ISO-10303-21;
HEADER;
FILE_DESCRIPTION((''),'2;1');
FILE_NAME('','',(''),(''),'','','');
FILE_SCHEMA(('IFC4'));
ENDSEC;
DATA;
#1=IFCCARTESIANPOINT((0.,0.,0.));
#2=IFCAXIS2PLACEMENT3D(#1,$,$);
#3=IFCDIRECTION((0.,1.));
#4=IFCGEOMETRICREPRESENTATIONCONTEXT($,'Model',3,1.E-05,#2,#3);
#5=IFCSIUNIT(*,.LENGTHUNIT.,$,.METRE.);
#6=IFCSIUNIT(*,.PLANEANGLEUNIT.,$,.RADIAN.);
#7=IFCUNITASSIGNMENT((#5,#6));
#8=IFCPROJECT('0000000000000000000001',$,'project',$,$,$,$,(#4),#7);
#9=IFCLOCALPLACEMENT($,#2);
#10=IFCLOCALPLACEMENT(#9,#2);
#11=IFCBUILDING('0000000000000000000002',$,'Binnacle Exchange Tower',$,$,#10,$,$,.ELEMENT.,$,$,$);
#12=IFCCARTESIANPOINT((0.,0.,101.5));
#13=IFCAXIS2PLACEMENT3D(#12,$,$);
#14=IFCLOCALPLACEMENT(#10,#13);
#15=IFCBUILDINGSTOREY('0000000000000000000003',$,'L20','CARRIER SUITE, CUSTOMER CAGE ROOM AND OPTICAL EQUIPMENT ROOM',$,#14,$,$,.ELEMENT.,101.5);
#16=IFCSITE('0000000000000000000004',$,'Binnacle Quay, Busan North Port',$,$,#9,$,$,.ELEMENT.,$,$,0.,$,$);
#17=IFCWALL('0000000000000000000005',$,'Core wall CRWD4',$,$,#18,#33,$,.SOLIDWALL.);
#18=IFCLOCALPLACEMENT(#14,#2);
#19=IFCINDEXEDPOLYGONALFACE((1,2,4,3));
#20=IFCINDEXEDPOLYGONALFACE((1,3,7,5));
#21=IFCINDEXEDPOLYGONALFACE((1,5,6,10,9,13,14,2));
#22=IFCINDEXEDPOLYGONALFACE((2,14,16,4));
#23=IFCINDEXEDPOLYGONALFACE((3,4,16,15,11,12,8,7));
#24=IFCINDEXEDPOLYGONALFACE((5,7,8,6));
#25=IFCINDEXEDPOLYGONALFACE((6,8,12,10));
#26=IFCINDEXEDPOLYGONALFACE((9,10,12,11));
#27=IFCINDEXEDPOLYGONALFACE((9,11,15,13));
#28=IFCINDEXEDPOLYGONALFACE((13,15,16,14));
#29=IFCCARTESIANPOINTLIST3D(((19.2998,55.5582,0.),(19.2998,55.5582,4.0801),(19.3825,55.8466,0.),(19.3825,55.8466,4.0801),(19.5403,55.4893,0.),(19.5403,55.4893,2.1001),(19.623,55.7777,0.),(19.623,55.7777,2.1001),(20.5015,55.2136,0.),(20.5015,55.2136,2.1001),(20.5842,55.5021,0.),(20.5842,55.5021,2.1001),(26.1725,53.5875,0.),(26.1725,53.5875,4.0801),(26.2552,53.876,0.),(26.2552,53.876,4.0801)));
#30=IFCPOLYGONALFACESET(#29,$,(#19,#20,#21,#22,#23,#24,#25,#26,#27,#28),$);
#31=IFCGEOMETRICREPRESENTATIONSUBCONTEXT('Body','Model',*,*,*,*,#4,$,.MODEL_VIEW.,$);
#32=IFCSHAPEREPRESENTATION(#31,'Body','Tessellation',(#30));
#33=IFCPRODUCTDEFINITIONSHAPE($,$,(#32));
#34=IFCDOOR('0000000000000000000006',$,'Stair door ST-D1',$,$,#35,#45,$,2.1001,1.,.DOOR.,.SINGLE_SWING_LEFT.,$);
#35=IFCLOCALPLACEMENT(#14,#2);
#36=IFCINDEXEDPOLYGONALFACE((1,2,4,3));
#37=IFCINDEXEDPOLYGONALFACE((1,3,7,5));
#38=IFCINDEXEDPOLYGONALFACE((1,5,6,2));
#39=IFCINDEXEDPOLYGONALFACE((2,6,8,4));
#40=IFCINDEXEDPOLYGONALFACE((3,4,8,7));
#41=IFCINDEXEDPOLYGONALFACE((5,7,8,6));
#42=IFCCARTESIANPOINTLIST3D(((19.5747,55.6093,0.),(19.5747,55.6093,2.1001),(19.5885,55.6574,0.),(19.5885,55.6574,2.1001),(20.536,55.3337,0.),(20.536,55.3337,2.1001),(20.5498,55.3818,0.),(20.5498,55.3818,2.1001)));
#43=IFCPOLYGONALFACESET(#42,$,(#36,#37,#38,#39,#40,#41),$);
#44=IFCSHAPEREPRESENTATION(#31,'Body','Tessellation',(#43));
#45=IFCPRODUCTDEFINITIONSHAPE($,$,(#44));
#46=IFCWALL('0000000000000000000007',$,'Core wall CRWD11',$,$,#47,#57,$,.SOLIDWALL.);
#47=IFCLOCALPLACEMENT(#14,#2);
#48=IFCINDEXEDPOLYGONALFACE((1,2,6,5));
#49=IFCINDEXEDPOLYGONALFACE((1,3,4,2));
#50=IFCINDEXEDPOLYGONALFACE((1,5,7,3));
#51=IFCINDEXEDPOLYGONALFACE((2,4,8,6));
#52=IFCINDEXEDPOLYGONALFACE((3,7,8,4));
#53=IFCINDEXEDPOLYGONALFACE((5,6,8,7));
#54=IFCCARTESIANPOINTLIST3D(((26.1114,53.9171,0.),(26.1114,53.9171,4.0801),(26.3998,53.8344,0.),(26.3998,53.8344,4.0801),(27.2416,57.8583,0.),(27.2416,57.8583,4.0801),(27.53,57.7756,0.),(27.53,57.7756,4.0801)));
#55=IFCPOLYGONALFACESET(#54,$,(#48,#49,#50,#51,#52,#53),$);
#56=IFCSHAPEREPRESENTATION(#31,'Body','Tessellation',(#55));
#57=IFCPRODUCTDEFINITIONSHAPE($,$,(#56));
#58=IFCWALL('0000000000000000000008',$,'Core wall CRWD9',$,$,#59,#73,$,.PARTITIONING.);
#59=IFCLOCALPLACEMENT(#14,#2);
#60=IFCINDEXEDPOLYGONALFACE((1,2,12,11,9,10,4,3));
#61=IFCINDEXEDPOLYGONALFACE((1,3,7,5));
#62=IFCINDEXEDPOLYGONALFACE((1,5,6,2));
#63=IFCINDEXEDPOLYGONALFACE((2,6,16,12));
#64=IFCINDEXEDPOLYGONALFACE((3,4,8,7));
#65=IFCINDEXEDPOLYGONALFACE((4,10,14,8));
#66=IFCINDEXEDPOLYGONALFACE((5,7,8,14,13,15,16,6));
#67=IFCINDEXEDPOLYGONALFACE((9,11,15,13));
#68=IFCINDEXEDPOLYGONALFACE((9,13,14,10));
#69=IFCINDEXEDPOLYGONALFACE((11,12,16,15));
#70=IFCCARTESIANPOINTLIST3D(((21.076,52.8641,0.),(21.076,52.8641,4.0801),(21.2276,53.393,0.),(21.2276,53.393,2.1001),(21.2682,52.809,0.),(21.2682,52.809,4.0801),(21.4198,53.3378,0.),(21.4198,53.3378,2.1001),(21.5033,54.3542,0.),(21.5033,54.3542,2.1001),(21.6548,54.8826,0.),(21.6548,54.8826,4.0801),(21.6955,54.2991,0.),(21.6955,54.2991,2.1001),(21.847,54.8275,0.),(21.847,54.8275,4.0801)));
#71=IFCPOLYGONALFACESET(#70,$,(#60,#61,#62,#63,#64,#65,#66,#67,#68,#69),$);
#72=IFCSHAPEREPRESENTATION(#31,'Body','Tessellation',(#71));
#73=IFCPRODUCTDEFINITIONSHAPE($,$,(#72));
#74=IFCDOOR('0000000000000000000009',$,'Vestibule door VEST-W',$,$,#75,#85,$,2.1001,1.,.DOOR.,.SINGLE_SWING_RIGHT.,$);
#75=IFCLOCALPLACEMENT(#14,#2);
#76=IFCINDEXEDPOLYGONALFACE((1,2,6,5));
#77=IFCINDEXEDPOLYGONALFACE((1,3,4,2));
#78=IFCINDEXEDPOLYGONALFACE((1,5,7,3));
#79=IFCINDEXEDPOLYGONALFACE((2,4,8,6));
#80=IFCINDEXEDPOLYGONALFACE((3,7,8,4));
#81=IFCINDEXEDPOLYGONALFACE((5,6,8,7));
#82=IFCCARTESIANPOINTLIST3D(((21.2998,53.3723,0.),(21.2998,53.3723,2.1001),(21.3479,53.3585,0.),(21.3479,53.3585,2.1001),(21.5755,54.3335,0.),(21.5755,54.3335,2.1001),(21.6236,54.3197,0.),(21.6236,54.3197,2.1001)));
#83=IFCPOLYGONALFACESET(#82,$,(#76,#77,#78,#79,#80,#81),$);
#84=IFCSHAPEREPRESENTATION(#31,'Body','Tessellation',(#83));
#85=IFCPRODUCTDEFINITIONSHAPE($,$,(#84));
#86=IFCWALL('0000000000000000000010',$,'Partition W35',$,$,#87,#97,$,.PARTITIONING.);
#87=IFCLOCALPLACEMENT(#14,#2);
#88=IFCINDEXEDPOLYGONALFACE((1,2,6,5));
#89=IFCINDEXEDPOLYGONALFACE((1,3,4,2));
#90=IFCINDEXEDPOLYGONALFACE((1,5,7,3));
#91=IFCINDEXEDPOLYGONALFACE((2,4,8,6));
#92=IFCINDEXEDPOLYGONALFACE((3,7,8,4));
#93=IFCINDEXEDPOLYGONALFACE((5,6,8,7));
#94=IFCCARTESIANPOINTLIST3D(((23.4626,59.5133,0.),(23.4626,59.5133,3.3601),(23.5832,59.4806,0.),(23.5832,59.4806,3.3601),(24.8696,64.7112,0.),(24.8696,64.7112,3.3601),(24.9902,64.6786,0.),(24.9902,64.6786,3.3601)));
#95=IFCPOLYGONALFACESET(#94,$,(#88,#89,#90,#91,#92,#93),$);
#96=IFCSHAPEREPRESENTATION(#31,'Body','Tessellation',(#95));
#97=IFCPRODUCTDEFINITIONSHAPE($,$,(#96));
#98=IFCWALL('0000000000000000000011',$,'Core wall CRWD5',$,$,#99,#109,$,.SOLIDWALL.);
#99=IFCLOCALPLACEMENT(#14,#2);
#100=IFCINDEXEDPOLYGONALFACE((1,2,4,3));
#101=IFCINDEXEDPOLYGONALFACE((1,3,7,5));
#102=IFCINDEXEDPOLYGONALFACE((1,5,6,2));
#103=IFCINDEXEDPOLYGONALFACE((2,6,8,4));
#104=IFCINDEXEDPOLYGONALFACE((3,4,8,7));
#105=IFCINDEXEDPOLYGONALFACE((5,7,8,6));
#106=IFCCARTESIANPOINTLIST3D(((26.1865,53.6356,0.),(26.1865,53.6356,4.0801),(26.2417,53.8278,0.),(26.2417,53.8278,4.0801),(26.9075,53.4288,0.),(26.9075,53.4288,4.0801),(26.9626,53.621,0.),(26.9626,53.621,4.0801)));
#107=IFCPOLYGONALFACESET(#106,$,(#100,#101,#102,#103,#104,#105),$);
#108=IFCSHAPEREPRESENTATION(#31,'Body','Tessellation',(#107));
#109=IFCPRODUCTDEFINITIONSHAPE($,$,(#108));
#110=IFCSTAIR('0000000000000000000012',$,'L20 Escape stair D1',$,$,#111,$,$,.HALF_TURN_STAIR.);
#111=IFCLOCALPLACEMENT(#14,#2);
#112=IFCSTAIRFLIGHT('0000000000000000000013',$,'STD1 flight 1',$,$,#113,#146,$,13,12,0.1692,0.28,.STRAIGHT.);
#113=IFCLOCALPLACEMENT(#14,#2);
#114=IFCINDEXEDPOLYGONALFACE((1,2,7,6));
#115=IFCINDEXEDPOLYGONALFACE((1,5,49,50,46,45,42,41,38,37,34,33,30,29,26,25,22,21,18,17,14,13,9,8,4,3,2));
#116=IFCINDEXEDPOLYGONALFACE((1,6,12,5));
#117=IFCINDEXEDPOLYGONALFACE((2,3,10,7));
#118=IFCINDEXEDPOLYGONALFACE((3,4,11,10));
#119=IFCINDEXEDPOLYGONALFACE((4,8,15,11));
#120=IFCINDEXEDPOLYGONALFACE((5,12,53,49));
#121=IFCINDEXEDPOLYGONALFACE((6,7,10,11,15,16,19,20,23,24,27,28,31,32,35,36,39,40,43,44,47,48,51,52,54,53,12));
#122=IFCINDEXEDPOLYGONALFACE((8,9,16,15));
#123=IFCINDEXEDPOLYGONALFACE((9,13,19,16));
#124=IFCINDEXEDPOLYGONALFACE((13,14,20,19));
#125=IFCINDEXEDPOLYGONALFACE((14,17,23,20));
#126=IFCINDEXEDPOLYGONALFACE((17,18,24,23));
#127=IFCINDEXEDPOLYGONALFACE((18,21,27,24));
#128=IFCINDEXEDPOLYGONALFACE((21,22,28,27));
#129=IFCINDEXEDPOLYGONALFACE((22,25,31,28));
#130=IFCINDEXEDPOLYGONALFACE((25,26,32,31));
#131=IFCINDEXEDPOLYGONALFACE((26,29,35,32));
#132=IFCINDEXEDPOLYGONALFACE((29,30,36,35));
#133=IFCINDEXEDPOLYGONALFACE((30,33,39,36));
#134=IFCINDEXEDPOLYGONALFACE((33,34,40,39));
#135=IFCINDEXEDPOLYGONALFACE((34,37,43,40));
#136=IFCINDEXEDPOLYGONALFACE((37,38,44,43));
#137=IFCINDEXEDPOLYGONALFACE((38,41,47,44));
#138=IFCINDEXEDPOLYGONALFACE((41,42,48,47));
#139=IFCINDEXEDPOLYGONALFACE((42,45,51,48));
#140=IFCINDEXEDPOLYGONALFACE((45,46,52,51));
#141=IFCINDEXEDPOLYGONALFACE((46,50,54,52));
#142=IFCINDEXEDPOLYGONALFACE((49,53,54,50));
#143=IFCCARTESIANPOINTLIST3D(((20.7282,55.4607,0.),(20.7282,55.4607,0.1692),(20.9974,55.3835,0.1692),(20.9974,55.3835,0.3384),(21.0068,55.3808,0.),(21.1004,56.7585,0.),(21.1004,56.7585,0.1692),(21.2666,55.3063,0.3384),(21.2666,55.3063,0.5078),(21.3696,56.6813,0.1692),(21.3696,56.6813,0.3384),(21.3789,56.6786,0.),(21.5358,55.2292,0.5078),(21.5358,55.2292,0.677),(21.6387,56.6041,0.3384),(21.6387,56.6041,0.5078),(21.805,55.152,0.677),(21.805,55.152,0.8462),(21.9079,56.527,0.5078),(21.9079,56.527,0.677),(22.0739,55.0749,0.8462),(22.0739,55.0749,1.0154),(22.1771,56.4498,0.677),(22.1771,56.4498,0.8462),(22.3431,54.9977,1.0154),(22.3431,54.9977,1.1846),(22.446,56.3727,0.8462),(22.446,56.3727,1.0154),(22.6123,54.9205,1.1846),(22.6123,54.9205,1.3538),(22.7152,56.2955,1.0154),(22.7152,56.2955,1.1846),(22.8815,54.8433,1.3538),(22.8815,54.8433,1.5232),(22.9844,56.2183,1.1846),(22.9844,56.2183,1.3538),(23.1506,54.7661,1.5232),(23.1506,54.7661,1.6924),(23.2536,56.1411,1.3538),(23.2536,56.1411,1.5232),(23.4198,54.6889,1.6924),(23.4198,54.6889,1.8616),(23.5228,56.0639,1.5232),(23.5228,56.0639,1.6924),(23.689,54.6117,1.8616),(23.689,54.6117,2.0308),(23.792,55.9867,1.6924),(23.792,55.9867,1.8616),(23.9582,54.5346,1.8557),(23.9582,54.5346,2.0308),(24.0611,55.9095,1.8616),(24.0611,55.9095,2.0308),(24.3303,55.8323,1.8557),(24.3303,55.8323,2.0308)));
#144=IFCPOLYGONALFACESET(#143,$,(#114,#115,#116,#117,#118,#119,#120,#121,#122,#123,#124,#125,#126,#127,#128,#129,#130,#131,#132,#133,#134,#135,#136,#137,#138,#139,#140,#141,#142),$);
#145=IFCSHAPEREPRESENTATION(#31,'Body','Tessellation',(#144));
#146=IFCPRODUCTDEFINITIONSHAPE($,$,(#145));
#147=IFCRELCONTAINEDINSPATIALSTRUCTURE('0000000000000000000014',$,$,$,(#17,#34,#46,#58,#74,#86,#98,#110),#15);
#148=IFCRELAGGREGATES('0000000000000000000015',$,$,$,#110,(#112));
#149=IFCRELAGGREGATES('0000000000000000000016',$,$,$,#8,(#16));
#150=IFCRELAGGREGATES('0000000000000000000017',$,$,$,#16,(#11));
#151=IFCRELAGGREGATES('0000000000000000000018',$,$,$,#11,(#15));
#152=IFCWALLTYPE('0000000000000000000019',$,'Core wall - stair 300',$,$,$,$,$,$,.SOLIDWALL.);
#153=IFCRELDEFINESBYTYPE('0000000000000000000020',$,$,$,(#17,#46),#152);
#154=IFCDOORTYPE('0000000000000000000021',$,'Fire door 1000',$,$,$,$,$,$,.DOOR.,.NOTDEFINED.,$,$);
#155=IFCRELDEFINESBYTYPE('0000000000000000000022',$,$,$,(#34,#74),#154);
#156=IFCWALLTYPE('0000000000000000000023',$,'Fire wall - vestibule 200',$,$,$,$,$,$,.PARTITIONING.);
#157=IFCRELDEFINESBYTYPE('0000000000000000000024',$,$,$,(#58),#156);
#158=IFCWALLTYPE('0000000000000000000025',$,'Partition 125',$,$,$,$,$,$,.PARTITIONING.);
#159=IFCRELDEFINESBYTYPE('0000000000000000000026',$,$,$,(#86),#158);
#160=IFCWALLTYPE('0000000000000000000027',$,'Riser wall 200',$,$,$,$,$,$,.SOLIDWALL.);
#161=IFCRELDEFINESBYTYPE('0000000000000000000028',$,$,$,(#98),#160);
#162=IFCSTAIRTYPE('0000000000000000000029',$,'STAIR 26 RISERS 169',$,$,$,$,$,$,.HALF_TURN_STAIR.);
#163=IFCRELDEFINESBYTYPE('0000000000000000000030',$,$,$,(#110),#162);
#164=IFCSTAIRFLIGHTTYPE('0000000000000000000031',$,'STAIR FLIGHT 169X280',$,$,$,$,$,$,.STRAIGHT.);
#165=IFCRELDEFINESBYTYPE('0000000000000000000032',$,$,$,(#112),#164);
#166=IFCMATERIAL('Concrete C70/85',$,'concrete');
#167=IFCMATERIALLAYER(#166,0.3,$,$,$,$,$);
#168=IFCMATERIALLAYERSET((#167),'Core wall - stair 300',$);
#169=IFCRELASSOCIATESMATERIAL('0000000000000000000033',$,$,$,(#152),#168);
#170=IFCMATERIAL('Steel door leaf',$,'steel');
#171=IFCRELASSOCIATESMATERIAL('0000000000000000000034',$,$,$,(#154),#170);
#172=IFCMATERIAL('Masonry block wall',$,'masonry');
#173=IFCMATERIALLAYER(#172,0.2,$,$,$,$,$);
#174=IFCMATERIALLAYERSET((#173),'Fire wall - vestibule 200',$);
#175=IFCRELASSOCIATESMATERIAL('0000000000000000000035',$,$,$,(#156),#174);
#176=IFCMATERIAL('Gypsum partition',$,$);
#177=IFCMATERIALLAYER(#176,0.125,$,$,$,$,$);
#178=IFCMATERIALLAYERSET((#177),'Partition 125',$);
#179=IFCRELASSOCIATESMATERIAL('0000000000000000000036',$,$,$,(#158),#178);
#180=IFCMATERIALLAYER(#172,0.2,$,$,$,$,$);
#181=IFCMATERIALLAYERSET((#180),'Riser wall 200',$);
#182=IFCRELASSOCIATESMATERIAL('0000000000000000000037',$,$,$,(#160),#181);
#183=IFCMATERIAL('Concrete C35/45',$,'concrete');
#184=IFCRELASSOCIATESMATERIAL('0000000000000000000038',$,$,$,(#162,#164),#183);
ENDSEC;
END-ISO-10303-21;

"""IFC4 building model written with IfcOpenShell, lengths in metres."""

from ifc_helpers import new_model, si_unit, direction, frame, frame_2d, origin, place, context, subcontext, project, spatial, polyline, rectangle, outline, extrude, material, layer, layer_set, type_object, element, fill, aggregate, save


model = new_model("IFC4")

# Units and contexts
model_context = context("Model", 3, precision=1e-05, world=origin(), true_north=direction((0.0, 1.0)))
body_context = subcontext(model_context, "Body", "Model", "MODEL_VIEW")
ifc_project = project(units=[si_unit("LENGTHUNIT", "METRE"), si_unit("PLANEANGLEUNIT", "RADIAN")], contexts=[model_context])

# Site, building, storey
site_placement = place(None, origin())
site = spatial("IfcSite", under=ifc_project, at=site_placement, Name="Binnacle Quay, Busan North Port", CompositionType="ELEMENT", RefElevation=0.0)
building_placement = place(site_placement, origin())
building = spatial("IfcBuilding", under=site, at=building_placement, Name="Binnacle Exchange Tower", CompositionType="ELEMENT")
storey_placement = place(building_placement, frame((0.0, 0.0, 101.5)))
storey = spatial("IfcBuildingStorey", under=building, at=storey_placement, Name="L20", Description="CARRIER SUITE, CUSTOMER CAGE ROOM AND OPTICAL EQUIPMENT ROOM", CompositionType="ELEMENT", Elevation=101.5)

# Shared definitions
ifc_material_1 = material(Name="Concrete C70/85", Category="concrete")

# Shared definitions
ifc_material_2 = material(Name="Steel door leaf", Category="steel")

# Wall, opening, door
ifc_layer_1 = layer(ifc_material_1, 0.3)
ifc_layer_set_1 = layer_set([ifc_layer_1], Name="Core wall - stair 300")
wall_type_1 = type_object("IfcWallType", Name="Core wall - stair 300", PredefinedType="SOLIDWALL", material=ifc_layer_set_1)
wall_1_placement = place(storey_placement, frame((19.3413, 55.7024, 0.0), z_axis=(0.0, 0.0, 1.0), x_axis=(0.961263, -0.275632, 0.0)))
wall_1 = element("IfcWall", 1, at=wall_1_placement, inside=storey, type_object=wall_type_1, Name="Core wall CRWD4", PredefinedType="SOLIDWALL", context=body_context, shape_type="SweptSolid", body=[
    extrude(rectangle(XDim=7.1497, YDim=0.3, at=frame_2d((3.5747, 0.0))), origin(), (0.0, 0.0, 1.0), 4.0801),
])
opening_1_placement = place(wall_1_placement, frame((0.25, 0.0, 0.0)))
opening_1 = element("IfcOpeningElement", 2, at=opening_1_placement, cuts=wall_1, PredefinedType="OPENING", context=body_context, shape_type="SweptSolid", body=[
    extrude(rectangle(XDim=1.0, YDim=2.1001, at=frame_2d((0.5, 1.05))), frame((0.0, 0.1599, 0.0), z_axis=(0.0, -1.0, 0.0), x_axis=(1.0, 0.0, 0.0)), (0.0, 0.0, 1.0), 0.3201),
])
door_type_1 = type_object("IfcDoorType", Name="Fire door 1000", OperationType="NOTDEFINED", PredefinedType="DOOR", material=ifc_material_2)
door_1_placement = place(opening_1_placement, origin())
door_1 = element("IfcDoor", 3, at=door_1_placement, inside=storey, type_object=door_type_1, Name="Stair door ST-D1", OperationType="SINGLE_SWING_LEFT", OverallHeight=2.1001, OverallWidth=1.0, PredefinedType="DOOR", context=body_context, shape_type="SweptSolid", body=[
    extrude(rectangle(XDim=1.0, YDim=2.1001, at=frame_2d((0.5, 1.05))), frame((0.0, 0.0249, 0.0), z_axis=(0.0, -1.0, 0.0), x_axis=(1.0, 0.0, 0.0)), (0.0, 0.0, 1.0), 0.05),
])
fill(opening_1, door_1)

# Wall
wall_2_placement = place(storey_placement, frame((26.2556, 53.8757, 0.0), z_axis=(0.0, 0.0, 1.0), x_axis=(0.275641, 0.961261, 0.0)))
element("IfcWall", 4, at=wall_2_placement, inside=storey, type_object=wall_type_1, Name="Core wall CRWD11", PredefinedType="SOLIDWALL", context=body_context, shape_type="SweptSolid", body=[
    extrude(rectangle(XDim=4.1001, YDim=0.3, at=frame_2d((2.05, 0.0))), origin(), (0.0, 0.0, 1.0), 4.0801),
])

# Wall, opening, door
ifc_material_3 = material(Name="Masonry block wall", Category="masonry")
ifc_layer_2 = layer(ifc_material_3, 0.2)
ifc_layer_set_2 = layer_set([ifc_layer_2], Name="Fire wall - vestibule 200")
wall_type_2 = type_object("IfcWallType", Name="Fire wall - vestibule 200", PredefinedType="PARTITIONING", material=ifc_layer_set_2)
wall_3_placement = place(storey_placement, frame((21.1721, 52.8367, 0.0), z_axis=(0.0, 0.0, 1.0), x_axis=(0.275658, 0.961256, 0.0)))
wall_3 = element("IfcWall", 5, at=wall_3_placement, inside=storey, type_object=wall_type_2, Name="Core wall CRWD9", PredefinedType="PARTITIONING", context=body_context, shape_type="SweptSolid", body=[
    extrude(rectangle(XDim=2.0999, YDim=0.2, at=frame_2d((1.0498, 0.0))), origin(), (0.0, 0.0, 1.0), 4.0801),
])
opening_2_placement = place(wall_3_placement, frame((0.55, 0.0, 0.0)))
opening_2 = element("IfcOpeningElement", 6, at=opening_2_placement, cuts=wall_3, PredefinedType="OPENING", context=body_context, shape_type="SweptSolid", body=[
    extrude(rectangle(XDim=1.0, YDim=2.1001, at=frame_2d((0.5, 1.05))), frame((0.0, 0.1099, 0.0), z_axis=(0.0, -1.0, 0.0), x_axis=(1.0, 0.0, 0.0)), (0.0, 0.0, 1.0), 0.22),
])
door_2_placement = place(opening_2_placement, origin())
door_2 = element("IfcDoor", 7, at=door_2_placement, inside=storey, type_object=door_type_1, Name="Vestibule door VEST-W", OperationType="SINGLE_SWING_RIGHT", OverallHeight=2.1001, OverallWidth=1.0, PredefinedType="DOOR", context=body_context, shape_type="SweptSolid", body=[
    extrude(rectangle(XDim=1.0, YDim=2.1001, at=frame_2d((0.5, 1.05))), frame((0.0, 0.0249, 0.0), z_axis=(0.0, -1.0, 0.0), x_axis=(1.0, 0.0, 0.0)), (0.0, 0.0, 1.0), 0.05),
])
fill(opening_2, door_2)

# Walls
ifc_material_4 = material(Name="Gypsum partition")
ifc_layer_3 = layer(ifc_material_4, 0.125)
ifc_layer_set_3 = layer_set([ifc_layer_3], Name="Partition 125")
wall_type_3 = type_object("IfcWallType", Name="Partition 125", PredefinedType="PARTITIONING", material=ifc_layer_set_3)
wall_4_placement = place(storey_placement, frame((23.5229, 59.4971, 0.0), z_axis=(0.0, 0.0, 1.0), x_axis=(0.261276, 0.965264, 0.0)))
element("IfcWall", 8, at=wall_4_placement, inside=storey, type_object=wall_type_3, Name="Partition W35", PredefinedType="PARTITIONING", context=body_context, shape_type="SweptSolid", body=[
    extrude(rectangle(XDim=5.385, YDim=0.125, at=frame_2d((2.6924, 0.0))), origin(), (0.0, 0.0, 1.0), 3.3601),
])
ifc_layer_4 = layer(ifc_material_3, 0.2)
ifc_layer_set_4 = layer_set([ifc_layer_4], Name="Riser wall 200")
wall_type_4 = type_object("IfcWallType", Name="Riser wall 200", PredefinedType="SOLIDWALL", material=ifc_layer_set_4)
wall_5_placement = place(storey_placement, frame((26.2141, 53.7317, 0.0), z_axis=(0.0, 0.0, 1.0), x_axis=(0.961241, -0.27571, 0.0)))
element("IfcWall", 9, at=wall_5_placement, inside=storey, type_object=wall_type_4, Name="Core wall CRWD5", PredefinedType="SOLIDWALL", context=body_context, shape_type="SweptSolid", body=[
    extrude(rectangle(XDim=0.75, YDim=0.2, at=frame_2d((0.375, 0.0))), origin(), (0.0, 0.0, 1.0), 4.0801),
])

# Stair, stair flight
ifc_material_5 = material(Name="Concrete C35/45", Category="concrete")
stair_type = type_object("IfcStairType", Name="STAIR 26 RISERS 169", PredefinedType="HALF_TURN_STAIR", material=ifc_material_5)
stair_placement = place(storey_placement, origin())
stair = element("IfcStair", 10, at=stair_placement, inside=storey, type_object=stair_type, Name="L20 Escape stair D1", PredefinedType="HALF_TURN_STAIR")
stair_flight_type = type_object("IfcStairFlightType", Name="STAIR FLIGHT 169X280", PredefinedType="STRAIGHT", material=ifc_material_5)
stair_flight_1_placement = place(storey_placement, frame((20.9143, 56.1096, 0.0), z_axis=(0.0, 0.0, 1.0), x_axis=(0.961262, -0.275637, 0.0)))
stair_flight_1 = element("IfcStairFlight", 11, at=stair_flight_1_placement, type_object=stair_flight_type, Name="STD1 flight 1", NumberOfRisers=13, NumberOfTreads=12, PredefinedType="STRAIGHT", RiserHeight=0.1692, TreadLength=0.28, context=body_context, shape_type="SweptSolid", body=[
    extrude(outline(polyline([(0.0, 0.0), (0.0, 0.1692), (0.28, 0.1692), (0.28, 0.3384), (0.5601, 0.3384), (0.5601, 0.5078), (0.8401, 0.5078), (0.8401, 0.677), (1.1201, 0.677), (1.1201, 0.8462), (1.3999, 0.8462), (1.3999, 1.0154), (1.6799, 1.0154), (1.6799, 1.1846), (1.96, 1.1846), (1.96, 1.3538), (2.24, 1.3538), (2.24, 1.5232), (2.52, 1.5232), (2.52, 1.6924), (2.8, 1.6924), (2.8, 1.8616), (3.0801, 1.8616), (3.0801, 2.0308), (3.3601, 2.0308), (3.3601, 2.2), (3.3601, 1.8557), (0.2898, 0.0), (0.0, 0.0)])), frame((0.0, 0.675, 0.0), z_axis=(0.0, -1.0, 0.0), x_axis=(1.0, 0.0, 0.0)), (0.0, 0.0, 1.0), 1.3501),
])
aggregate(stair, [stair_flight_1])

save(model, "model.ifc")
